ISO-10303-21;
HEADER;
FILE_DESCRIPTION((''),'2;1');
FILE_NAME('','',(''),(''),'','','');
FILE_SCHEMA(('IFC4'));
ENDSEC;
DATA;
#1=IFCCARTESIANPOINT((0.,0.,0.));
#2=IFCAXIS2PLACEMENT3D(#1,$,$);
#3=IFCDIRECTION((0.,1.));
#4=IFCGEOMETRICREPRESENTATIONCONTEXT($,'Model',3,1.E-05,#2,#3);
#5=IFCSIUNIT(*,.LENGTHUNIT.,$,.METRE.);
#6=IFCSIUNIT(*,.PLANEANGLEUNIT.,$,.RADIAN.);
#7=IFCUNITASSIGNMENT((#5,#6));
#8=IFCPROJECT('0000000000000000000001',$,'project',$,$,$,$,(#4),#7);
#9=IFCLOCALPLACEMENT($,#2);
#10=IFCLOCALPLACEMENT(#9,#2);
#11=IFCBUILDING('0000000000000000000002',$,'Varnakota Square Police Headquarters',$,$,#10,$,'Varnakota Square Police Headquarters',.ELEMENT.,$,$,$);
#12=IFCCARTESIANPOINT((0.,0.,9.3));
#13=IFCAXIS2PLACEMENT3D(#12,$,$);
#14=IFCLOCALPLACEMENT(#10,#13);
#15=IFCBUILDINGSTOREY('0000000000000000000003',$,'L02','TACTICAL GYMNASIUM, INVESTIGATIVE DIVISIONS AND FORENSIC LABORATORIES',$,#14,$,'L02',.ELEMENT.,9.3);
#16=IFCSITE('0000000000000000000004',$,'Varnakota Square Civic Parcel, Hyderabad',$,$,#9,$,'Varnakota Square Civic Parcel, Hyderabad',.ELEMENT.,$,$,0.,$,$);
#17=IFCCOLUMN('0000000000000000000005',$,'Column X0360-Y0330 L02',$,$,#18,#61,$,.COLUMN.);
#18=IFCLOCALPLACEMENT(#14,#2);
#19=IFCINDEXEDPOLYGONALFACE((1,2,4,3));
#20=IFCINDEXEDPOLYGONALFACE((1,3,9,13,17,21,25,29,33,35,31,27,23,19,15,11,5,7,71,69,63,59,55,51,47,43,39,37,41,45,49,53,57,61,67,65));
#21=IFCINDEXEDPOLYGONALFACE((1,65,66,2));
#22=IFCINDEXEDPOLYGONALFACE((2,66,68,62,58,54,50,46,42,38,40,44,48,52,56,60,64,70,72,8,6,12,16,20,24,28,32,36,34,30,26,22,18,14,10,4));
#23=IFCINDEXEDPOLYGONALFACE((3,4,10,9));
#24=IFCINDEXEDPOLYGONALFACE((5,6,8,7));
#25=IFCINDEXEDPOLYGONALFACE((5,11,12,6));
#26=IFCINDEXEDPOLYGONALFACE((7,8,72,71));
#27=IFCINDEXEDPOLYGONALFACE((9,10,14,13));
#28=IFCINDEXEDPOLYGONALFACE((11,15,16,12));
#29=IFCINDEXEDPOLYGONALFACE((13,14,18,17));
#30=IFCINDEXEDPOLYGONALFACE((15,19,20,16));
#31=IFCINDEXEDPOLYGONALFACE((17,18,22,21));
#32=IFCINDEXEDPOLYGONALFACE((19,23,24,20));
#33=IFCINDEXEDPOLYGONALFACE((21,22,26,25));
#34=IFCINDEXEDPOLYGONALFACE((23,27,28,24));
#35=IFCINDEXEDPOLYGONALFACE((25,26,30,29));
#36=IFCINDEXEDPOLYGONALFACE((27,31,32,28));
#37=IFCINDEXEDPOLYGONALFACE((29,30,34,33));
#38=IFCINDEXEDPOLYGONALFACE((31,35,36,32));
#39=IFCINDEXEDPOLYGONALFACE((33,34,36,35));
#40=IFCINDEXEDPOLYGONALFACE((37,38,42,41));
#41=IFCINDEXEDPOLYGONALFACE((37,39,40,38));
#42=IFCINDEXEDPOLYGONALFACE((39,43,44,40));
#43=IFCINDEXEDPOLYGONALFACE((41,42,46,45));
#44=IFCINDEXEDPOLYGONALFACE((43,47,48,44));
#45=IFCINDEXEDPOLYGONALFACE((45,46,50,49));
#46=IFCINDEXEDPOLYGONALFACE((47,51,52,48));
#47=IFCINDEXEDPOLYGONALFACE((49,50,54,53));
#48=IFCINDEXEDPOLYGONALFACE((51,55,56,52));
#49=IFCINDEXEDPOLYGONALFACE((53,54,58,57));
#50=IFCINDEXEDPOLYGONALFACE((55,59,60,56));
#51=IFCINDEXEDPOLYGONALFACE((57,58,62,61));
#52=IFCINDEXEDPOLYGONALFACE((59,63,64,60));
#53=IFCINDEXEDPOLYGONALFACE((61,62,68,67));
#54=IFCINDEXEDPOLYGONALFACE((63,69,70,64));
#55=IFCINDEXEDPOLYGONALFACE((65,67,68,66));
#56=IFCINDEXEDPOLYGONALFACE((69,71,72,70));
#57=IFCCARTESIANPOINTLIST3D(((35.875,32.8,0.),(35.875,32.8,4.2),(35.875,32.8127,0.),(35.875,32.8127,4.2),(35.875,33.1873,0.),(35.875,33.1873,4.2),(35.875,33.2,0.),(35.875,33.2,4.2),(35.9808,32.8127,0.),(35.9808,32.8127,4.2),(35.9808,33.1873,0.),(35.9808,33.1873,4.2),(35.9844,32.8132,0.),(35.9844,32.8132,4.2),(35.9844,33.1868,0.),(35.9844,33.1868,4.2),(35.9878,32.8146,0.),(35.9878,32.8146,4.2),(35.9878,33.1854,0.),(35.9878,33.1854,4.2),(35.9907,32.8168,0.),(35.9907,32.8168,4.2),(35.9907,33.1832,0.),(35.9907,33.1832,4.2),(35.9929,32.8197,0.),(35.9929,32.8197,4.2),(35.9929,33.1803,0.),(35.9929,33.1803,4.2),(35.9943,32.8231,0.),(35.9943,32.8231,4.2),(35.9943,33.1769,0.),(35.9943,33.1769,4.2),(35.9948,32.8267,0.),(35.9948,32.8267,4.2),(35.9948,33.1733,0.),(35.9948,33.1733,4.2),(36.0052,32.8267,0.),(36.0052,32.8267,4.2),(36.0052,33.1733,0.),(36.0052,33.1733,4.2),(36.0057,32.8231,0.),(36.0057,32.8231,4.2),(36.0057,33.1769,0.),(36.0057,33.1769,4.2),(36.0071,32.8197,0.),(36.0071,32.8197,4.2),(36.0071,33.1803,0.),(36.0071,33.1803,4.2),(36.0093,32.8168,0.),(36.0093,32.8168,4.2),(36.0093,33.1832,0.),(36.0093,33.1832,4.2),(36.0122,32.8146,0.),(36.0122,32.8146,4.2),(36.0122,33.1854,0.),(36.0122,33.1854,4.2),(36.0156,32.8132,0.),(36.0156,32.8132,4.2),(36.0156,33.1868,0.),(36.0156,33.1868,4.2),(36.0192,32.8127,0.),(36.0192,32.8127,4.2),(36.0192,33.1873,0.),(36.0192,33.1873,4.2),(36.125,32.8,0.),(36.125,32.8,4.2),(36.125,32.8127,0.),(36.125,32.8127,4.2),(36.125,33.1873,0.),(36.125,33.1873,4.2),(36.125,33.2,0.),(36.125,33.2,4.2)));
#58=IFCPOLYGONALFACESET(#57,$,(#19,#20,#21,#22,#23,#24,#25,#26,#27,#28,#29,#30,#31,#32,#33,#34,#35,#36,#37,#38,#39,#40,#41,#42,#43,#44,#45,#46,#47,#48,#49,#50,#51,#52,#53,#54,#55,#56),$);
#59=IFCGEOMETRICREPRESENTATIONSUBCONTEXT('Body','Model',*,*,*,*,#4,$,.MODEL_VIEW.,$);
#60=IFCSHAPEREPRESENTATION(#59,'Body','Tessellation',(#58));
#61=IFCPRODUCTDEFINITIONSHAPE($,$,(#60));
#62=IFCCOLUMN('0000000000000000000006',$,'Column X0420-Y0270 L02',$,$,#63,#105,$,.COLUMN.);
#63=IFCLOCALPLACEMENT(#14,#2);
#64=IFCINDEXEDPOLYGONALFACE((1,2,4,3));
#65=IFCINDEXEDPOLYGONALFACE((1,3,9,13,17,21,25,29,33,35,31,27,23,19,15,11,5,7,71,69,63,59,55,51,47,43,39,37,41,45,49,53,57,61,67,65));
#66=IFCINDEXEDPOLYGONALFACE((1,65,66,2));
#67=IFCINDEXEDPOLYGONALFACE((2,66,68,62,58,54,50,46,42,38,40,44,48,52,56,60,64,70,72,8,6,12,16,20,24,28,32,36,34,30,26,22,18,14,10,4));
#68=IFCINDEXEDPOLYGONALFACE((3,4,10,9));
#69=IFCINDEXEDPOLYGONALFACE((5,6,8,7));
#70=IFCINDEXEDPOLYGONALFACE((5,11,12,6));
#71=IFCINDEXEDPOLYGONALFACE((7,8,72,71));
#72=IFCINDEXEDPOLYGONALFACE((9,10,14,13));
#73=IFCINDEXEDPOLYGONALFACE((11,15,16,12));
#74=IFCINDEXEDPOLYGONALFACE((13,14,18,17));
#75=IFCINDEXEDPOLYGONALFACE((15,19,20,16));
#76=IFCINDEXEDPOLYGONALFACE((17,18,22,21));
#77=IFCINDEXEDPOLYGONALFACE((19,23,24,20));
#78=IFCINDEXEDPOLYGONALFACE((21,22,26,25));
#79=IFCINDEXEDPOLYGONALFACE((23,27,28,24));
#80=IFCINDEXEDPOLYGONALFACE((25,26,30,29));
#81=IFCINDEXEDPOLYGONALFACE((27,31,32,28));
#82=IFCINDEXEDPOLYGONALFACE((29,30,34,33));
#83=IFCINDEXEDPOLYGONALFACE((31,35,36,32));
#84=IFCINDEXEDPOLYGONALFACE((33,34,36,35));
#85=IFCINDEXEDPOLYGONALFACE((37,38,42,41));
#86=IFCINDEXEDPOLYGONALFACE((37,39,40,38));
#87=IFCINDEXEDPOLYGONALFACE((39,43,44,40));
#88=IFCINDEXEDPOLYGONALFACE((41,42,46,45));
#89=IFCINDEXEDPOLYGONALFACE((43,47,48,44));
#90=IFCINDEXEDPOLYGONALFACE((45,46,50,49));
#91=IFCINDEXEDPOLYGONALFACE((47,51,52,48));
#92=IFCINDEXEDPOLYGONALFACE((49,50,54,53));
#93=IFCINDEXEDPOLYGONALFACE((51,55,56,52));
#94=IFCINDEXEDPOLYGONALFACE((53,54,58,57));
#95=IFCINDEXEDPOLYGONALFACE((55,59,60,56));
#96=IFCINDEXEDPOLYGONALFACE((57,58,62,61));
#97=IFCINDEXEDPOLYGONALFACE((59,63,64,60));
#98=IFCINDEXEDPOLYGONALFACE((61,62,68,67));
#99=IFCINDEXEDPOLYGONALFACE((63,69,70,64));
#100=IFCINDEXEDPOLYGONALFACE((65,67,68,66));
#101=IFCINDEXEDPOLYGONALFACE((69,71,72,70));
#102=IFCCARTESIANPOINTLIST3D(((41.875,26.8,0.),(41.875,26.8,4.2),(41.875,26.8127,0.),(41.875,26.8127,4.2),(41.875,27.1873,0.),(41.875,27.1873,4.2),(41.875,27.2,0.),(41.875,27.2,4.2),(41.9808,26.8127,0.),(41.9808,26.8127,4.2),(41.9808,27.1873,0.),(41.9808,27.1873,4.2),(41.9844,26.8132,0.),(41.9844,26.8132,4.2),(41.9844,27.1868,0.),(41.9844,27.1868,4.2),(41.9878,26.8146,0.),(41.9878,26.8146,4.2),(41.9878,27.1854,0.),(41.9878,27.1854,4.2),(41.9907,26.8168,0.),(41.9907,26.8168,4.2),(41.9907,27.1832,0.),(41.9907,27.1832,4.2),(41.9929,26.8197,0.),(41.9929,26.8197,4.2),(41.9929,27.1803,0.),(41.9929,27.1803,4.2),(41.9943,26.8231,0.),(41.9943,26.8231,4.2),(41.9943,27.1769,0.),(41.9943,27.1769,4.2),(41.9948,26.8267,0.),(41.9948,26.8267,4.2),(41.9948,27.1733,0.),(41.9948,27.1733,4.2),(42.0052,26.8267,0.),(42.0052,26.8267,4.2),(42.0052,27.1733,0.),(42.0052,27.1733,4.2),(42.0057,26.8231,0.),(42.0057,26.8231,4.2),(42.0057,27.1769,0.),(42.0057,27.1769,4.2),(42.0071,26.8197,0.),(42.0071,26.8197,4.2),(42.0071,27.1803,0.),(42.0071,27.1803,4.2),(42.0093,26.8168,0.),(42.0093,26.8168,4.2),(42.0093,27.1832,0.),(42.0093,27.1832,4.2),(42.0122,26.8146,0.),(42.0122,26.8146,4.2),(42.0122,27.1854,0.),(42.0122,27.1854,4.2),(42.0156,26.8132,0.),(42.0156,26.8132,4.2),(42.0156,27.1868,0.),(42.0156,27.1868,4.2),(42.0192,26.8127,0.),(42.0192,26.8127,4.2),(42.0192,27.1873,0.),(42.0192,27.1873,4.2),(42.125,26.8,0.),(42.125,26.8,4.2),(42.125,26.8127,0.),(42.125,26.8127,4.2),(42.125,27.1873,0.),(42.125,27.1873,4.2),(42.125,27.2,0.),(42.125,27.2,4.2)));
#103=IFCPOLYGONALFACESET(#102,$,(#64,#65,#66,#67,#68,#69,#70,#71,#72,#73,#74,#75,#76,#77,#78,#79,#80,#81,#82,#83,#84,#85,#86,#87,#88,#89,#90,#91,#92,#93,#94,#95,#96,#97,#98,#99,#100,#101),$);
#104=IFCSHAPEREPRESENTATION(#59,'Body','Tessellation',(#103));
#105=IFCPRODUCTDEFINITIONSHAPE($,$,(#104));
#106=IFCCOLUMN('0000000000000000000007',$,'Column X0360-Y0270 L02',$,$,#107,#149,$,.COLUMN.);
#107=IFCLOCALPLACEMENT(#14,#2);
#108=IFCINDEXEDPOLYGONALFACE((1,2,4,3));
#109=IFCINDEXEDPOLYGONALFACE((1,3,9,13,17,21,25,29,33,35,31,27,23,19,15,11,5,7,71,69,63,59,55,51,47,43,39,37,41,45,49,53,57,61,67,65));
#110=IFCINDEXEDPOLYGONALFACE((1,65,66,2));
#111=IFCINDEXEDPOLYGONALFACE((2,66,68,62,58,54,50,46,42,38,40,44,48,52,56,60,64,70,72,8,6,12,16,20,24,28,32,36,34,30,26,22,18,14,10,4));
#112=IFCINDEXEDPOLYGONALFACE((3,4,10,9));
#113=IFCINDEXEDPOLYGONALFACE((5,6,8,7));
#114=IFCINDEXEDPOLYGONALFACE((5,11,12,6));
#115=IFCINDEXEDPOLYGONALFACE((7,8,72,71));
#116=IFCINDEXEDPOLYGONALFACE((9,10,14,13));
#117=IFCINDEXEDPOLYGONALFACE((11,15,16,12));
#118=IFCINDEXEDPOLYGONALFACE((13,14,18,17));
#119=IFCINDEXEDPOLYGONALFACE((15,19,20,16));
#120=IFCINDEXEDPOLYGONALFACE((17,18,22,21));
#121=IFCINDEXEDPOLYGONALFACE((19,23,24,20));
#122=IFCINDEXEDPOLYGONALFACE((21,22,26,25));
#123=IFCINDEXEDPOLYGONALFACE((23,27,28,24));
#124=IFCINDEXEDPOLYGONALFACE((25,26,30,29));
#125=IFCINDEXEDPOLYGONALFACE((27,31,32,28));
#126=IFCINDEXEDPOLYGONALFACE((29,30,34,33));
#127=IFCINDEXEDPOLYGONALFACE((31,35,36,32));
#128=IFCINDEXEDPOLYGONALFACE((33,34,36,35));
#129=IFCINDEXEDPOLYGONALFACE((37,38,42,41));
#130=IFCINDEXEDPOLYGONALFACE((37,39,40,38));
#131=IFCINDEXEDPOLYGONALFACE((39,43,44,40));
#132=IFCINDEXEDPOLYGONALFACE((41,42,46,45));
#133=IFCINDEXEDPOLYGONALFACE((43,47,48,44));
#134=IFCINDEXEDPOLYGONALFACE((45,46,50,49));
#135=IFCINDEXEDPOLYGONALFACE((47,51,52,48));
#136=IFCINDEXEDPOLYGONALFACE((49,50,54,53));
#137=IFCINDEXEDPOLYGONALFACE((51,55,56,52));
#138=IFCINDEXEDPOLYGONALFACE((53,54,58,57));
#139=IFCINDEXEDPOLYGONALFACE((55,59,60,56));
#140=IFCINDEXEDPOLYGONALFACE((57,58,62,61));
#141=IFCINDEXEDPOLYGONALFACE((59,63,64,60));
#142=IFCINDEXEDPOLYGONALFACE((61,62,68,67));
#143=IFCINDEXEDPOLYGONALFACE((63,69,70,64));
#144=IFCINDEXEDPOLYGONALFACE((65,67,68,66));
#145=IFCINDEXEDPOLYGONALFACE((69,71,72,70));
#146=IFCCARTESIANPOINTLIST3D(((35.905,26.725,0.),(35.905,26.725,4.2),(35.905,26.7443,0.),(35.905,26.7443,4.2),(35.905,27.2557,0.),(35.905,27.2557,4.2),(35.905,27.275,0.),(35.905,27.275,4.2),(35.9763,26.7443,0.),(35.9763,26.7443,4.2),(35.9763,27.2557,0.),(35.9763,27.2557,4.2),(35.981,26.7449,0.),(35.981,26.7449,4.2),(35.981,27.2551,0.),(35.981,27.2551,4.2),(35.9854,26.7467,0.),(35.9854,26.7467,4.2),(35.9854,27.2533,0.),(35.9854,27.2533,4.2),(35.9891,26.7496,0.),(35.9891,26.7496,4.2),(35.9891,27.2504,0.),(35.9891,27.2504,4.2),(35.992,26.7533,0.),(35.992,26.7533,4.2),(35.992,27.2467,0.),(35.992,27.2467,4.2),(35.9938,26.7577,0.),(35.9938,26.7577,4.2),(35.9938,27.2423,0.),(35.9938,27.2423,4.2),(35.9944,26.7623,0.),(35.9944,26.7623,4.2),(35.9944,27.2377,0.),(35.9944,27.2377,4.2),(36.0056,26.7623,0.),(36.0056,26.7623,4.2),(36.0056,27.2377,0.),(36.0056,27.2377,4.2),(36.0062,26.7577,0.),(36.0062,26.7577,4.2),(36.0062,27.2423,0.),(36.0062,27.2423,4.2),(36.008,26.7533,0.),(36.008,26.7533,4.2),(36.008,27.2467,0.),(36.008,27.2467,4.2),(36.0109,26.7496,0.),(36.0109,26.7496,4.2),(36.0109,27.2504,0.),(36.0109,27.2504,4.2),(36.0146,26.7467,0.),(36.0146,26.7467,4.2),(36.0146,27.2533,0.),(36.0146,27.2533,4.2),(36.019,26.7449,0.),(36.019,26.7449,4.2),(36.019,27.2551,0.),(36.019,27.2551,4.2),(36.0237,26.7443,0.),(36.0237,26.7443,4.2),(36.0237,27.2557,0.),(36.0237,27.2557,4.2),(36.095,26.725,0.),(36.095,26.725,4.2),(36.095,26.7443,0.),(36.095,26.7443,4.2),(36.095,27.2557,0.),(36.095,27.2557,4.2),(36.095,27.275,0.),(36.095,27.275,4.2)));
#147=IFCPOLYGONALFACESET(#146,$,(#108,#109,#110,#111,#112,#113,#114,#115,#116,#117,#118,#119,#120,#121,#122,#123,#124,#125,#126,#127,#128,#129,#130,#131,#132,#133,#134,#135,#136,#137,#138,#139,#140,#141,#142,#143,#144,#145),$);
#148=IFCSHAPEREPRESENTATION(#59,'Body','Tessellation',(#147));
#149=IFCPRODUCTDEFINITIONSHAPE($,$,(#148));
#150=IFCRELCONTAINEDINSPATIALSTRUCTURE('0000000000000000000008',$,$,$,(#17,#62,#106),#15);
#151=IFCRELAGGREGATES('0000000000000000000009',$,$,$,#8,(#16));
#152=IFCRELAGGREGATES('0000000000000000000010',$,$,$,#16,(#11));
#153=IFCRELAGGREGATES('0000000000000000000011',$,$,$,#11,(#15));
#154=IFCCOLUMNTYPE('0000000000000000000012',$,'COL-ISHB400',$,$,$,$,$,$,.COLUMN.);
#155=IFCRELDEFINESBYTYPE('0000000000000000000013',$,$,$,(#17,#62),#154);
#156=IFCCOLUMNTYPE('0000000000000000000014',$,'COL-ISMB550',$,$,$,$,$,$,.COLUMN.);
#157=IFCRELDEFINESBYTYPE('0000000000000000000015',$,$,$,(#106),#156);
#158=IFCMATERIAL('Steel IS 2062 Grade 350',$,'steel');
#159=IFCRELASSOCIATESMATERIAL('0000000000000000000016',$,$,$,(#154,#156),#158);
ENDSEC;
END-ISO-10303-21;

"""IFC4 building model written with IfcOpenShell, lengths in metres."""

from ifc_helpers import new_model, si_unit, direction, frame, origin, origin_2d, place, context, subcontext, project, spatial, i_section, extrude, material, material_profile, profile_set, type_object, element, save


model = new_model("IFC4")

# Units and contexts
model_context = context("Model", 3, precision=1e-05, world=origin(), true_north=direction((0.0, 1.0)))
body_context = subcontext(model_context, "Body", "Model", "MODEL_VIEW")
ifc_project = project(units=[si_unit("LENGTHUNIT", "METRE"), si_unit("PLANEANGLEUNIT", "RADIAN")], contexts=[model_context])

# Site, building, storey
site_placement = place(None, origin())
site = spatial("IfcSite", under=ifc_project, at=site_placement, Name="Varnakota Square Civic Parcel, Hyderabad", LongName="Varnakota Square Civic Parcel, Hyderabad", CompositionType="ELEMENT", RefElevation=0.0)
building_placement = place(site_placement, origin())
building = spatial("IfcBuilding", under=site, at=building_placement, Name="Varnakota Square Police Headquarters", LongName="Varnakota Square Police Headquarters", CompositionType="ELEMENT")
storey_placement = place(building_placement, frame((0.0, 0.0, 9.3)))
storey = spatial("IfcBuildingStorey", under=building, at=storey_placement, Name="L02", Description="TACTICAL GYMNASIUM, INVESTIGATIVE DIVISIONS AND FORENSIC LABORATORIES", LongName="L02", CompositionType="ELEMENT", Elevation=9.3)

# Columns
ifc_material_1 = material(Name="Steel IS 2062 Grade 350", Category="steel")
ifc_material_profile_1 = material_profile(ifc_material_1, i_section(OverallWidth=0.25, OverallDepth=0.3999, WebThickness=0.0105, FlangeThickness=0.0127, FilletRadius=0.0139, at=origin_2d()), Name="ISHB 400")
ifc_profile_set_1 = profile_set([ifc_material_profile_1], Name="Steel IS 2062 Grade 350")
column_type_1 = type_object("IfcColumnType", Name="COL-ISHB400", PredefinedType="COLUMN", material=ifc_profile_set_1)
for number, where, z_axis, x_axis, name in (
    (1, (36.0, 33.0, 0.0), (0.0, 0.0, 1.0), (1.0, 0.0, 0.0), "Column X0360-Y0330 L02"),
    (2, (42.0, 27.0, 0.0), (0.0, 0.0, 1.0), (1.0, 0.0, 0.0), "Column X0420-Y0270 L02"),
):
    element("IfcColumn", number, at=place(storey_placement, frame(where, z_axis=z_axis, x_axis=x_axis)), inside=storey, type_object=column_type_1, Name=name, PredefinedType="COLUMN", context=body_context, shape_type="SweptSolid", body=[
        extrude(i_section(OverallWidth=0.25, OverallDepth=0.3999, WebThickness=0.0105, FlangeThickness=0.0127, FilletRadius=0.0139, at=origin_2d()), origin(), (0.0, 0.0, 1.0), 4.2),
    ])
ifc_material_profile_2 = material_profile(ifc_material_1, i_section(OverallWidth=0.1899, OverallDepth=0.55, WebThickness=0.0112, FlangeThickness=0.0193, FilletRadius=0.0181, at=origin_2d()), Name="ISMB 550")
ifc_profile_set_2 = profile_set([ifc_material_profile_2], Name="Steel IS 2062 Grade 350")
column_type_2 = type_object("IfcColumnType", Name="COL-ISMB550", PredefinedType="COLUMN", material=ifc_profile_set_2)
column_1_placement = place(storey_placement, frame((36.0, 27.0, 0.0), z_axis=(0.0, 0.0, 1.0), x_axis=(1.0, 0.0, 0.0)))
element("IfcColumn", 3, at=column_1_placement, inside=storey, type_object=column_type_2, Name="Column X0360-Y0270 L02", PredefinedType="COLUMN", context=body_context, shape_type="SweptSolid", body=[
    extrude(i_section(OverallWidth=0.1899, OverallDepth=0.55, WebThickness=0.0112, FlangeThickness=0.0193, FilletRadius=0.0181, at=origin_2d()), origin(), (0.0, 0.0, 1.0), 4.2),
])

save(model, "model.ifc")
